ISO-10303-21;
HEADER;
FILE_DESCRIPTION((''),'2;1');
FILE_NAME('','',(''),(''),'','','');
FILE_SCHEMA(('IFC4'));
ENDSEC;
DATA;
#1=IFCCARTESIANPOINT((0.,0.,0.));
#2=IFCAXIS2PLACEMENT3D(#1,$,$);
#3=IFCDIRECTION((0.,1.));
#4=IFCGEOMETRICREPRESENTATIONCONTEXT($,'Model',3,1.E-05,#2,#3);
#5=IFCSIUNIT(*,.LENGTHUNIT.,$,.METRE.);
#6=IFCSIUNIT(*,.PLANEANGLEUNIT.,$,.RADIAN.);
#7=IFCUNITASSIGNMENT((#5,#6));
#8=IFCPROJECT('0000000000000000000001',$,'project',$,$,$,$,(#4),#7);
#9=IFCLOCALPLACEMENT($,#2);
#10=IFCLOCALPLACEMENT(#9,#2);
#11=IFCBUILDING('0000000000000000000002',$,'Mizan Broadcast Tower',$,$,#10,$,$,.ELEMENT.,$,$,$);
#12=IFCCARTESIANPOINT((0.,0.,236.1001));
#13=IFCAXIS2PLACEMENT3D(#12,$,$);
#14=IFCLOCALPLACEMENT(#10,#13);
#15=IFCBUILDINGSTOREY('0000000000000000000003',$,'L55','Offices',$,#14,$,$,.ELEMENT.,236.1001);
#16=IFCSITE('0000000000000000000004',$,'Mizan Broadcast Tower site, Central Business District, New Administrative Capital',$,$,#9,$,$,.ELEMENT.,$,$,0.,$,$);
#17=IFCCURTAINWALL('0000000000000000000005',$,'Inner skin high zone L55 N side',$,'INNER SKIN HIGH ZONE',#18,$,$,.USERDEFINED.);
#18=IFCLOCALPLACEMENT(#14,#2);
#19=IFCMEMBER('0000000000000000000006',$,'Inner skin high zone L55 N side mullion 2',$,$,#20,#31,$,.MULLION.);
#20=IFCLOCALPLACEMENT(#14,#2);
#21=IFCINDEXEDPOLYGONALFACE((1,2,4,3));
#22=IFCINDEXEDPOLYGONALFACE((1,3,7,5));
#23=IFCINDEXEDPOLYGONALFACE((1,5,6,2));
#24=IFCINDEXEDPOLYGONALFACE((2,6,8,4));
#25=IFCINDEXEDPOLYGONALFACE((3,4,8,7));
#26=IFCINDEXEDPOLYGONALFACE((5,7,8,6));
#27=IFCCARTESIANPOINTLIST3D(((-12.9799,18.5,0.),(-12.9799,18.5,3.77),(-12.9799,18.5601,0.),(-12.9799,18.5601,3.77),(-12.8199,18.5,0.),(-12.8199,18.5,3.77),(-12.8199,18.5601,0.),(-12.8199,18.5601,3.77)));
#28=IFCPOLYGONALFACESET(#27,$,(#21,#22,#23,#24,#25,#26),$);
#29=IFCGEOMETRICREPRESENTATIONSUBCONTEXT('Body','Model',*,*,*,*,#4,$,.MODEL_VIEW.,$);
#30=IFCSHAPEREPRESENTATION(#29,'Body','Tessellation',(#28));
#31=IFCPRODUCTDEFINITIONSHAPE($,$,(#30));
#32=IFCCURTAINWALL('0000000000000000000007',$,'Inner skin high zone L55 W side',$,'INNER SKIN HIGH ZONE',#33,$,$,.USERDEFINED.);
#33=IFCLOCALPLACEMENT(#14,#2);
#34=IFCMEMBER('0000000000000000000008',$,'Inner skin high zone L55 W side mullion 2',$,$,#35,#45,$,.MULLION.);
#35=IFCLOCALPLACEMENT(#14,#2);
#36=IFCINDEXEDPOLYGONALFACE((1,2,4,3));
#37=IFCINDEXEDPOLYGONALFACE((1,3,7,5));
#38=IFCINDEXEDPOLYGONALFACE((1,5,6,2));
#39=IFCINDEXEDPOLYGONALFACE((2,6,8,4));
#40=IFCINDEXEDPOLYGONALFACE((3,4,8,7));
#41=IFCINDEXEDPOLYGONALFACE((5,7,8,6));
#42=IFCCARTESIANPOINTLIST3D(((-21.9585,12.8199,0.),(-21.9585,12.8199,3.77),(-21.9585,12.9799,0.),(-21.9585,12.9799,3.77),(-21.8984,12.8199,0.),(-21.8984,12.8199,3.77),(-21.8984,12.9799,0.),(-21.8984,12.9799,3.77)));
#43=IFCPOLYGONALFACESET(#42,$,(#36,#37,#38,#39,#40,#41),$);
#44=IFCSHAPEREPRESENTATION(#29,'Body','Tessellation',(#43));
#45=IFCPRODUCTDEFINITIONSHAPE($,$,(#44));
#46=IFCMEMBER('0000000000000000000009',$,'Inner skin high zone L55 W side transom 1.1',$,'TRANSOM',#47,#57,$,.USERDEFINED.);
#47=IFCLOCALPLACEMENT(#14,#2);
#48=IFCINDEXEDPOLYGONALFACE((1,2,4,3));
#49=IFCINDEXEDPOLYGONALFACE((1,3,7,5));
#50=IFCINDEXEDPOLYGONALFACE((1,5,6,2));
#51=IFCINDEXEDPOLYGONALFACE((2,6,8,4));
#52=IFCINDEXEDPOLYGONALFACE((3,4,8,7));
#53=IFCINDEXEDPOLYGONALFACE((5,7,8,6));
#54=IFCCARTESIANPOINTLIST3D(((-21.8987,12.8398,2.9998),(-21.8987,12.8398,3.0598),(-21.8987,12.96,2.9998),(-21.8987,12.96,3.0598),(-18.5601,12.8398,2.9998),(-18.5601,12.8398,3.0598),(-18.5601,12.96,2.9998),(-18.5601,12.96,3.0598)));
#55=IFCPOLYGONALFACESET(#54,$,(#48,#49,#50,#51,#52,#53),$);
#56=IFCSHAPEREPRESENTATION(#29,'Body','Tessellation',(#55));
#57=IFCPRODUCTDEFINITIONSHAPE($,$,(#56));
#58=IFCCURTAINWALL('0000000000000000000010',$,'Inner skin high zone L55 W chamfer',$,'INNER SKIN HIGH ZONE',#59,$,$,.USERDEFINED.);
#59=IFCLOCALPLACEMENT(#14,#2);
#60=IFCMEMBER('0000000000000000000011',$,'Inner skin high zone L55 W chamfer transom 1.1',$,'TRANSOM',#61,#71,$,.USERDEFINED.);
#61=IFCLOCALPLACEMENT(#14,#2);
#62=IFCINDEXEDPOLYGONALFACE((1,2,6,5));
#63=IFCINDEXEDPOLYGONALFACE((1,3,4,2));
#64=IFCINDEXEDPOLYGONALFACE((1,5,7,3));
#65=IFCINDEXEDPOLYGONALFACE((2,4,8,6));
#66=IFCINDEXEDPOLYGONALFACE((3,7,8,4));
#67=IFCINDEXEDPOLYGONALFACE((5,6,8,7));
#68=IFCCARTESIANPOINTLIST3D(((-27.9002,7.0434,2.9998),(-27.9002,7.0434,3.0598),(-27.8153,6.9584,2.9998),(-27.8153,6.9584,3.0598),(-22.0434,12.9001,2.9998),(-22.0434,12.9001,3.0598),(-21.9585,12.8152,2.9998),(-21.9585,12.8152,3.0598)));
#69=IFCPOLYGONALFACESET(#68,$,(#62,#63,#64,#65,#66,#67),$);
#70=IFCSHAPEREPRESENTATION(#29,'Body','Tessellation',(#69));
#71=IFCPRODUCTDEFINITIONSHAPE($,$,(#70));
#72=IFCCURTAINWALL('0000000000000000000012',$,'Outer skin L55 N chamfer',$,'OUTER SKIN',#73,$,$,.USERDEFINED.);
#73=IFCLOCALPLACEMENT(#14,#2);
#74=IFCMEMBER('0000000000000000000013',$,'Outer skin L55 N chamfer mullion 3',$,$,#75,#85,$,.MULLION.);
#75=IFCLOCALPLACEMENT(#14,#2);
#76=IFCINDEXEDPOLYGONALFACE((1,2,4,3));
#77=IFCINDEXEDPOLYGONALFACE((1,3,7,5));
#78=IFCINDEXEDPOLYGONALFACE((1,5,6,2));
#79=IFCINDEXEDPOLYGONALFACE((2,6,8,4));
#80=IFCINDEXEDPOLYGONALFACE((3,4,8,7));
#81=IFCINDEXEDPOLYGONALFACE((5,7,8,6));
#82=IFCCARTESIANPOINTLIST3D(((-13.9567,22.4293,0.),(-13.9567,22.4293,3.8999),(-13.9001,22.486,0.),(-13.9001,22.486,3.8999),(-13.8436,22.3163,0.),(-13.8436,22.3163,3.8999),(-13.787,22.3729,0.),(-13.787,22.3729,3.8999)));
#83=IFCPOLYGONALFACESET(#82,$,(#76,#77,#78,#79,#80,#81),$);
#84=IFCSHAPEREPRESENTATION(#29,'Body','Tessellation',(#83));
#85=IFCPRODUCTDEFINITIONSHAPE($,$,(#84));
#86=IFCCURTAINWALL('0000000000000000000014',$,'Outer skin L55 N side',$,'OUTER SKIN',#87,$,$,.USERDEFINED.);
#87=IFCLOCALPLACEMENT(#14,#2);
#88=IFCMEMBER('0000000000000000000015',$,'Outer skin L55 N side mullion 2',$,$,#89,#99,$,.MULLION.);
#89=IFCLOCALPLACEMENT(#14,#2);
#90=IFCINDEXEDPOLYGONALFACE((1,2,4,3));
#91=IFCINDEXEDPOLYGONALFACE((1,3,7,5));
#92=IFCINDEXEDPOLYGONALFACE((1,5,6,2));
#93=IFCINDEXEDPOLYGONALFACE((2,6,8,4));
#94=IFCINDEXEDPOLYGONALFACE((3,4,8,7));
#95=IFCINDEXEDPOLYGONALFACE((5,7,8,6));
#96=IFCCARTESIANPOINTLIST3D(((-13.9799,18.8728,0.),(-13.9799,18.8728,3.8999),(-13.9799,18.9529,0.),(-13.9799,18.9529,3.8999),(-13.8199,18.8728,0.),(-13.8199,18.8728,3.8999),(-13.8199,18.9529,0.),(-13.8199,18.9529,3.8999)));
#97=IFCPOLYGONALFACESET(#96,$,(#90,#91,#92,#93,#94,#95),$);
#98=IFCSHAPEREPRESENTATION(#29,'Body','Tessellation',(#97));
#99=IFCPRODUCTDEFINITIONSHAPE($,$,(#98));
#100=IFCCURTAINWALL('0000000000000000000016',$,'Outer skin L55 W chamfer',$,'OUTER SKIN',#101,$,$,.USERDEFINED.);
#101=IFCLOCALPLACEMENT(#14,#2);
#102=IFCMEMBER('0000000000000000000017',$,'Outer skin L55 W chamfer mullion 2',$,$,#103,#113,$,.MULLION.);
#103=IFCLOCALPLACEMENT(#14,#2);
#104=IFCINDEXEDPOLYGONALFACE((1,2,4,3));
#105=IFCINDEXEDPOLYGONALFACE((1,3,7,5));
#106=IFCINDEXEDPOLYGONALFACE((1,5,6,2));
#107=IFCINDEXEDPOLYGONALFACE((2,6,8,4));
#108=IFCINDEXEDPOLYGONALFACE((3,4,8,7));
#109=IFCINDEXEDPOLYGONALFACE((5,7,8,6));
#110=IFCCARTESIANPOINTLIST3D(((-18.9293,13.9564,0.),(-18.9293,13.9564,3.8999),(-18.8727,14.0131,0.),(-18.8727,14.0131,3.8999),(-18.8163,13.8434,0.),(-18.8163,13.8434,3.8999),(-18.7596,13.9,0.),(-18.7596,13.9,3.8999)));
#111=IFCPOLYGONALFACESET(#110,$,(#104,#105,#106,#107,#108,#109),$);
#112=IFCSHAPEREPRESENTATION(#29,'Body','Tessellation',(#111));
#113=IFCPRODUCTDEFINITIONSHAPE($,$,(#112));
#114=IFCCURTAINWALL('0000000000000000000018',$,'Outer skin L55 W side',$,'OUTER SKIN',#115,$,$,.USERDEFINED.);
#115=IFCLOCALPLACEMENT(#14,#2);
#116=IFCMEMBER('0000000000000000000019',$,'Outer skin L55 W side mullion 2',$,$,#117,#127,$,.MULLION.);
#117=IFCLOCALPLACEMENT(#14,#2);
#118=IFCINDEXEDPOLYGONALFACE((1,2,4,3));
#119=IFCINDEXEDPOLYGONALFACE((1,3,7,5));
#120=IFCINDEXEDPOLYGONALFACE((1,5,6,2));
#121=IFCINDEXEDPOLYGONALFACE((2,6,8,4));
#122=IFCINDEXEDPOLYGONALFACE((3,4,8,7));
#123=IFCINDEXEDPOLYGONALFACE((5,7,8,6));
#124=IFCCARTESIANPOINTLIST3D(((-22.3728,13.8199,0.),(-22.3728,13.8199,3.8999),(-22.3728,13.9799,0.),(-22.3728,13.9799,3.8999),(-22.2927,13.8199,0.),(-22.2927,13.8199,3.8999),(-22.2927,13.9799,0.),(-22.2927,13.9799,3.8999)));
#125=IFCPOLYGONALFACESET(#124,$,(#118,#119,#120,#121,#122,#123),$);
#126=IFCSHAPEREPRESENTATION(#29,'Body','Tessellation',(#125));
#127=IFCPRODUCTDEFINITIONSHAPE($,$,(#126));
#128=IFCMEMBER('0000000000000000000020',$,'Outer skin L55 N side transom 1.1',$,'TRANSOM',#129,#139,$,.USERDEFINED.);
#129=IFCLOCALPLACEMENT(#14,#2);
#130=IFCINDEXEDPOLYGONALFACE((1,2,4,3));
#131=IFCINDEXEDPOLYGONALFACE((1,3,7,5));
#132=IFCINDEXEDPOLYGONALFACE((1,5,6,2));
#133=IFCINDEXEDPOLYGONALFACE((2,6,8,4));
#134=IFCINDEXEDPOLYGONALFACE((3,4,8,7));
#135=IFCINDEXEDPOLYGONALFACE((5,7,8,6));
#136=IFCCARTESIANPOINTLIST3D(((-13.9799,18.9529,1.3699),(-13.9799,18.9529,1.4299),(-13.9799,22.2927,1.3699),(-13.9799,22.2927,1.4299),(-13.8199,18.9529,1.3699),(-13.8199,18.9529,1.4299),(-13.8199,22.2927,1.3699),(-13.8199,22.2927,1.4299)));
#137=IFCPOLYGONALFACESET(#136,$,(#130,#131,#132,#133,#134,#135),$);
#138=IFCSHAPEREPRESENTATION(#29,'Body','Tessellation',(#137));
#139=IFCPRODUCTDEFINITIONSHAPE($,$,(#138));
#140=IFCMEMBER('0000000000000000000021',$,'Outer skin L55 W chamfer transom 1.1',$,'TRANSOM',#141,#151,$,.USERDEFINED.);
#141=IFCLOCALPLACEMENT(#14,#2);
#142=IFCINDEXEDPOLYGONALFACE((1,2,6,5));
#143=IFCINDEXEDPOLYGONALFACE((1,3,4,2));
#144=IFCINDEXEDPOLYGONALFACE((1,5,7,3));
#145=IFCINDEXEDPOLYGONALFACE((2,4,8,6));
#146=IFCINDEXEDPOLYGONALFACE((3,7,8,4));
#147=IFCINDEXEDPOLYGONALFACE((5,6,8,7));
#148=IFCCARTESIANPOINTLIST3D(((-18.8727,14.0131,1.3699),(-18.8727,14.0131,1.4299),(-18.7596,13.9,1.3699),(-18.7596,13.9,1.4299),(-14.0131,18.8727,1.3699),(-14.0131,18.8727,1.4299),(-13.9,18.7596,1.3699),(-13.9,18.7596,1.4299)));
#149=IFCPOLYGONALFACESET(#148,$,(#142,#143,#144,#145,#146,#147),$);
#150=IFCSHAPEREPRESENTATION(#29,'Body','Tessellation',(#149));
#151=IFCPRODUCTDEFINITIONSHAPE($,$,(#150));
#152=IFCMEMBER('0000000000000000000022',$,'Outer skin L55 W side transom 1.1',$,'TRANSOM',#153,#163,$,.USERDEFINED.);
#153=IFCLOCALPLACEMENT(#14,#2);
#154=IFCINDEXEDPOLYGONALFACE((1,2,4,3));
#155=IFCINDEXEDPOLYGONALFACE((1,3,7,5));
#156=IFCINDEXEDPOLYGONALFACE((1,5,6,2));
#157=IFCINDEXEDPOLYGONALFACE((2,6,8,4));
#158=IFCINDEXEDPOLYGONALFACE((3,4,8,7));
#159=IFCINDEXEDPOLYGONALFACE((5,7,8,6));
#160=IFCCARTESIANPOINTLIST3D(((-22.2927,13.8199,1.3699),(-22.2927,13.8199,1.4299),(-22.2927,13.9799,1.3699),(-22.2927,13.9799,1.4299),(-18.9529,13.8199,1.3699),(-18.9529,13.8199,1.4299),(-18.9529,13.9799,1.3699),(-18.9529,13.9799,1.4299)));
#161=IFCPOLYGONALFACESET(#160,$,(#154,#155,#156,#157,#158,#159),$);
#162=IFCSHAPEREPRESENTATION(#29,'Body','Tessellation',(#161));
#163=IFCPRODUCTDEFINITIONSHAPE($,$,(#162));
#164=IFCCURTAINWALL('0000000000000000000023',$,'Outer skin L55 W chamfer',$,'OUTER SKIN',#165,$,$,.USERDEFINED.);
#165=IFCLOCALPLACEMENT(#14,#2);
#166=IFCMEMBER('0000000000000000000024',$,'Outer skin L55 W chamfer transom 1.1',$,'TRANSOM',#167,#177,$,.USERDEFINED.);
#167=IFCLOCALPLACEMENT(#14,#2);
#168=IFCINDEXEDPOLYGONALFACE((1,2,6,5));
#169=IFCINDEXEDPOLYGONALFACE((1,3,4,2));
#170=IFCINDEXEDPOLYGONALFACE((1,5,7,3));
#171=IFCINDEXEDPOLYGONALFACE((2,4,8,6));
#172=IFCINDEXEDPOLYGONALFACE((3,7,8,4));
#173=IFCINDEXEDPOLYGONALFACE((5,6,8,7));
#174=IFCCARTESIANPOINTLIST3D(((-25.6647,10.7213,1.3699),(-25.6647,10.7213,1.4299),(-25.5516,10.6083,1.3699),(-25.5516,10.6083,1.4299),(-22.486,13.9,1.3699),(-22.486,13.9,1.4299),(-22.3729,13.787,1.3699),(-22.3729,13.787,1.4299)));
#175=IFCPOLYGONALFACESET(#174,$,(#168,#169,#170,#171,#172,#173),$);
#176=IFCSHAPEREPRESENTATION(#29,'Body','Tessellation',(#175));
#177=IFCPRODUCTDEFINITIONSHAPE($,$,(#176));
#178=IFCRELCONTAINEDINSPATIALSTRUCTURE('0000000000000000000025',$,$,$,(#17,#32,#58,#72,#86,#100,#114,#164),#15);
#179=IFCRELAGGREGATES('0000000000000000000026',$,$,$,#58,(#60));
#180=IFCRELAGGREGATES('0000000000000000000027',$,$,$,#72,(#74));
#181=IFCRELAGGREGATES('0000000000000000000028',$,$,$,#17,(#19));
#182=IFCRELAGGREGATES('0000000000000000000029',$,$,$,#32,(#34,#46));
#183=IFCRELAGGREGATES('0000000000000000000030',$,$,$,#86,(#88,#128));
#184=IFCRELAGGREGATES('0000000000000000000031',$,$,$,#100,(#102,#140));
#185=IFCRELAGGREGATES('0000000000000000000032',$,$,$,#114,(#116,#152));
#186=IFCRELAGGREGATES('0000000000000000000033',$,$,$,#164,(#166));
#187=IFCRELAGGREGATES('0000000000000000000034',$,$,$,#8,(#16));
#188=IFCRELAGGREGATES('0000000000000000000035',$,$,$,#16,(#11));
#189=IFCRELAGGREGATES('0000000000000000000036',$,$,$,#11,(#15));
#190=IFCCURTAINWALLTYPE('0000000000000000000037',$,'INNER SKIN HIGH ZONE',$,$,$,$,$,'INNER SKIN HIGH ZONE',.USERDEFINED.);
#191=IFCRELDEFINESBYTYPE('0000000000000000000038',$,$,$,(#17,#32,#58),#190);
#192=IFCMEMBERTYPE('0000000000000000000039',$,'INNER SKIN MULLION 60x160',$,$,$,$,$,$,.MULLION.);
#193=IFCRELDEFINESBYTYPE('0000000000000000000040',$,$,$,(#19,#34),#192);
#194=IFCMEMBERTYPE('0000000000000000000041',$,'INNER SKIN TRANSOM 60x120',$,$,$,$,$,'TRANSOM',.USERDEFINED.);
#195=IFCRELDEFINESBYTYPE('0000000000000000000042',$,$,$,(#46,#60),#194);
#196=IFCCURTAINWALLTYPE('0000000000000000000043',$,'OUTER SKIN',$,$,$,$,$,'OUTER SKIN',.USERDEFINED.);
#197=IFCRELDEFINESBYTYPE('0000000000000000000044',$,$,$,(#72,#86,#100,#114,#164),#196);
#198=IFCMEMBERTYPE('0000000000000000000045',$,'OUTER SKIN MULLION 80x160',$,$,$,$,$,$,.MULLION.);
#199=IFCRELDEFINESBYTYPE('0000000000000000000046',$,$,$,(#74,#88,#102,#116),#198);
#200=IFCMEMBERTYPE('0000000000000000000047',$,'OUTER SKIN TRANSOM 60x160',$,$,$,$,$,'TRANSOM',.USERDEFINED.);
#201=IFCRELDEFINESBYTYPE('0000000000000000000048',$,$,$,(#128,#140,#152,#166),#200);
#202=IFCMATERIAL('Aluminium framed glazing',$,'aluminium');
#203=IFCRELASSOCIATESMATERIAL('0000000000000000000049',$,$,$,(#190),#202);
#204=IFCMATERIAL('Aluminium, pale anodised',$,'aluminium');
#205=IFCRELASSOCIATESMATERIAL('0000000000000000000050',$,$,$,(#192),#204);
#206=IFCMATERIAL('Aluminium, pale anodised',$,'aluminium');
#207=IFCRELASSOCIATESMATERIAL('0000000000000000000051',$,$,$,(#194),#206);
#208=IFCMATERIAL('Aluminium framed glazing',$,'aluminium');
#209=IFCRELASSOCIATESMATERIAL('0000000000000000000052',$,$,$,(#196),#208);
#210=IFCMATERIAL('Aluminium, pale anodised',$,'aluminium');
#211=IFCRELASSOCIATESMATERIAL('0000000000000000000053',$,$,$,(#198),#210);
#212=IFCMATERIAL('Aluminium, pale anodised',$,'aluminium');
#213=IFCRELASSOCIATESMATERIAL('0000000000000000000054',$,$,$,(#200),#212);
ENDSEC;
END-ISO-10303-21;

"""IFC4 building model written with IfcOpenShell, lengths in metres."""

from ifc_helpers import new_model, si_unit, direction, frame, origin, origin_2d, place, context, subcontext, project, spatial, rectangle, extrude, material, material_profile, profile_set, type_object, element, aggregate, save


model = new_model("IFC4")

# Units and contexts
model_context = context("Model", 3, precision=1e-05, world=origin(), true_north=direction((0.0, 1.0)))
body_context = subcontext(model_context, "Body", "Model", "MODEL_VIEW")
ifc_project = project(units=[si_unit("LENGTHUNIT", "METRE"), si_unit("PLANEANGLEUNIT", "RADIAN")], contexts=[model_context])

# Site, building, storey
site_placement = place(None, origin())
site = spatial("IfcSite", under=ifc_project, at=site_placement, Name="Mizan Broadcast Tower site, Central Business District, New Administrative Capital", CompositionType="ELEMENT", RefElevation=0.0)
building_placement = place(site_placement, origin())
building = spatial("IfcBuilding", under=site, at=building_placement, Name="Mizan Broadcast Tower", CompositionType="ELEMENT")
storey_placement = place(building_placement, frame((0.0, 0.0, 236.1001)))
storey = spatial("IfcBuildingStorey", under=building, at=storey_placement, Name="L55", Description="Offices", CompositionType="ELEMENT", Elevation=236.1001)

# Curtain wall, member
ifc_material_1 = material(Name="Aluminium framed glazing", Category="aluminium")
curtain_wall_type_1 = type_object("IfcCurtainWallType", Name="INNER SKIN HIGH ZONE", ElementType="INNER SKIN HIGH ZONE", PredefinedType="USERDEFINED", material=ifc_material_1)
curtain_wall_1_placement = place(storey_placement, origin())
curtain_wall_1 = element("IfcCurtainWall", 1, at=curtain_wall_1_placement, inside=storey, type_object=curtain_wall_type_1, Name="Inner skin high zone L55 N side", ObjectType="INNER SKIN HIGH ZONE", PredefinedType="USERDEFINED")
ifc_material_2 = material(Name="Aluminium, pale anodised", Category="aluminium")
ifc_material_profile_1 = material_profile(ifc_material_2, rectangle(XDim=0.1599, YDim=0.0601, at=origin_2d()), Name="MULLION 160x60")
ifc_profile_set_1 = profile_set([ifc_material_profile_1], Name="Aluminium, pale anodised")
member_type_1 = type_object("IfcMemberType", Name="INNER SKIN MULLION 60x160", PredefinedType="MULLION", material=ifc_profile_set_1)
member_1_placement = place(storey_placement, frame((-12.8999, 18.53, 0.0), z_axis=(0.0, 0.0, 1.0), x_axis=(1.0, 0.0, 0.0)))
member_1 = element("IfcMember", 2, at=member_1_placement, type_object=member_type_1, Name="Inner skin high zone L55 N side mullion 2", PredefinedType="MULLION", context=body_context, shape_type="SweptSolid", body=[
    extrude(rectangle(XDim=0.1599, YDim=0.0601, at=origin_2d()), origin(), (0.0, 0.0, 1.0), 3.77),
])

# Curtain wall, members
curtain_wall_2_placement = place(storey_placement, origin())
curtain_wall_2 = element("IfcCurtainWall", 3, at=curtain_wall_2_placement, inside=storey, type_object=curtain_wall_type_1, Name="Inner skin high zone L55 W side", ObjectType="INNER SKIN HIGH ZONE", PredefinedType="USERDEFINED")
member_2_placement = place(storey_placement, frame((-21.9285, 12.8999, 0.0), z_axis=(0.0, 0.0, 1.0), x_axis=(0.0, -1.0, 0.0)))
member_2 = element("IfcMember", 4, at=member_2_placement, type_object=member_type_1, Name="Inner skin high zone L55 W side mullion 2", PredefinedType="MULLION", context=body_context, shape_type="SweptSolid", body=[
    extrude(rectangle(XDim=0.1599, YDim=0.0601, at=origin_2d()), origin(), (0.0, 0.0, 1.0), 3.77),
])
ifc_material_3 = material(Name="Aluminium, pale anodised", Category="aluminium")
ifc_material_profile_2 = material_profile(ifc_material_3, rectangle(XDim=0.1201, YDim=0.0601, at=origin_2d()), Name="TRANSOM 120x60")
ifc_profile_set_2 = profile_set([ifc_material_profile_2], Name="Aluminium, pale anodised")
member_type_2 = type_object("IfcMemberType", Name="INNER SKIN TRANSOM 60x120", ElementType="TRANSOM", PredefinedType="USERDEFINED", material=ifc_profile_set_2)
member_3_placement = place(storey_placement, frame((-18.5601, 12.8999, 3.0298), z_axis=(-1.0, 0.0, 0.0), x_axis=(0.0, -1.0, 0.0)))
member_3 = element("IfcMember", 5, at=member_3_placement, type_object=member_type_2, Name="Inner skin high zone L55 W side transom 1.1", ObjectType="TRANSOM", PredefinedType="USERDEFINED", context=body_context, shape_type="SweptSolid", body=[
    extrude(rectangle(XDim=0.1201, YDim=0.0601, at=origin_2d()), origin(), (0.0, 0.0, 1.0), 3.3386),
])

# Curtain walls, members
curtain_wall_3_placement = place(storey_placement, origin())
curtain_wall_3 = element("IfcCurtainWall", 6, at=curtain_wall_3_placement, inside=storey, type_object=curtain_wall_type_1, Name="Inner skin high zone L55 W chamfer", ObjectType="INNER SKIN HIGH ZONE", PredefinedType="USERDEFINED")
member_4_placement = place(storey_placement, frame((-22.001, 12.8577, 3.0298), z_axis=(-0.707107, -0.707107, 0.0), x_axis=(0.707107, -0.707107, 0.0)))
member_4 = element("IfcMember", 7, at=member_4_placement, type_object=member_type_2, Name="Inner skin high zone L55 W chamfer transom 1.1", ObjectType="TRANSOM", PredefinedType="USERDEFINED", context=body_context, shape_type="SweptSolid", body=[
    extrude(rectangle(XDim=0.1201, YDim=0.0601, at=origin_2d()), origin(), (0.0, 0.0, 1.0), 8.2827),
])
aggregate(curtain_wall_3, [member_4])
ifc_material_4 = material(Name="Aluminium framed glazing", Category="aluminium")
curtain_wall_type_2 = type_object("IfcCurtainWallType", Name="OUTER SKIN", ElementType="OUTER SKIN", PredefinedType="USERDEFINED", material=ifc_material_4)
curtain_wall_4_placement = place(storey_placement, origin())
curtain_wall_4 = element("IfcCurtainWall", 8, at=curtain_wall_4_placement, inside=storey, type_object=curtain_wall_type_2, Name="Outer skin L55 N chamfer", ObjectType="OUTER SKIN", PredefinedType="USERDEFINED")
ifc_material_5 = material(Name="Aluminium, pale anodised", Category="aluminium")
ifc_material_profile_3 = material_profile(ifc_material_5, rectangle(XDim=0.1599, YDim=0.0801, at=origin_2d()), Name="MULLION 160x80")
ifc_profile_set_3 = profile_set([ifc_material_profile_3], Name="Aluminium, pale anodised")
member_type_3 = type_object("IfcMemberType", Name="OUTER SKIN MULLION 80x160", PredefinedType="MULLION", material=ifc_profile_set_3)
member_5_placement = place(storey_placement, frame((-13.8718, 22.4011, 0.0), z_axis=(0.0, 0.0, 1.0), x_axis=(0.707107, -0.707107, 0.0)))
member_5 = element("IfcMember", 9, at=member_5_placement, type_object=member_type_3, Name="Outer skin L55 N chamfer mullion 3", PredefinedType="MULLION", context=body_context, shape_type="SweptSolid", body=[
    extrude(rectangle(XDim=0.1599, YDim=0.0801, at=origin_2d()), origin(), (0.0, 0.0, 1.0), 3.8999),
])
aggregate(curtain_wall_4, [member_5])
curtain_wall_5_placement = place(storey_placement, origin())
curtain_wall_5 = element("IfcCurtainWall", 10, at=curtain_wall_5_placement, inside=storey, type_object=curtain_wall_type_2, Name="Outer skin L55 N side", ObjectType="OUTER SKIN", PredefinedType="USERDEFINED")
member_6_placement = place(storey_placement, frame((-13.8999, 18.9128, 0.0), z_axis=(0.0, 0.0, 1.0), x_axis=(1.0, 0.0, 0.0)))
member_6 = element("IfcMember", 11, at=member_6_placement, type_object=member_type_3, Name="Outer skin L55 N side mullion 2", PredefinedType="MULLION", context=body_context, shape_type="SweptSolid", body=[
    extrude(rectangle(XDim=0.1599, YDim=0.0801, at=origin_2d()), origin(), (0.0, 0.0, 1.0), 3.8999),
])
curtain_wall_6_placement = place(storey_placement, origin())
curtain_wall_6 = element("IfcCurtainWall", 12, at=curtain_wall_6_placement, inside=storey, type_object=curtain_wall_type_2, Name="Outer skin L55 W chamfer", ObjectType="OUTER SKIN", PredefinedType="USERDEFINED")
member_7_placement = place(storey_placement, frame((-18.8445, 13.9282, 0.0), z_axis=(0.0, 0.0, 1.0), x_axis=(0.707107, -0.707107, 0.0)))
member_7 = element("IfcMember", 13, at=member_7_placement, type_object=member_type_3, Name="Outer skin L55 W chamfer mullion 2", PredefinedType="MULLION", context=body_context, shape_type="SweptSolid", body=[
    extrude(rectangle(XDim=0.1599, YDim=0.0801, at=origin_2d()), origin(), (0.0, 0.0, 1.0), 3.8999),
])
curtain_wall_7_placement = place(storey_placement, origin())
curtain_wall_7 = element("IfcCurtainWall", 14, at=curtain_wall_7_placement, inside=storey, type_object=curtain_wall_type_2, Name="Outer skin L55 W side", ObjectType="OUTER SKIN", PredefinedType="USERDEFINED")
member_8_placement = place(storey_placement, frame((-22.3328, 13.8999, 0.0), z_axis=(0.0, 0.0, 1.0), x_axis=(0.0, -1.0, 0.0)))
member_8 = element("IfcMember", 15, at=member_8_placement, type_object=member_type_3, Name="Outer skin L55 W side mullion 2", PredefinedType="MULLION", context=body_context, shape_type="SweptSolid", body=[
    extrude(rectangle(XDim=0.1599, YDim=0.0801, at=origin_2d()), origin(), (0.0, 0.0, 1.0), 3.8999),
])

# Members
ifc_material_6 = material(Name="Aluminium, pale anodised", Category="aluminium")
ifc_material_profile_4 = material_profile(ifc_material_6, rectangle(XDim=0.1599, YDim=0.0601, at=origin_2d()), Name="TRANSOM 160x60")
ifc_profile_set_4 = profile_set([ifc_material_profile_4], Name="Aluminium, pale anodised")
member_type_4 = type_object("IfcMemberType", Name="OUTER SKIN TRANSOM 60x160", ElementType="TRANSOM", PredefinedType="USERDEFINED", material=ifc_profile_set_4)
member_9_placement = place(storey_placement, frame((-13.8999, 22.2927, 1.3999), z_axis=(0.0, -1.0, 0.0), x_axis=(1.0, 0.0, 0.0)))
member_9 = element("IfcMember", 16, at=member_9_placement, type_object=member_type_4, Name="Outer skin L55 N side transom 1.1", ObjectType="TRANSOM", PredefinedType="USERDEFINED", context=body_context, shape_type="SweptSolid", body=[
    extrude(rectangle(XDim=0.1599, YDim=0.0601, at=origin_2d()), origin(), (0.0, 0.0, 1.0), 3.3398),
])
member_10_placement = place(storey_placement, frame((-13.9565, 18.8162, 1.3999), z_axis=(-0.707107, -0.707107, 0.0), x_axis=(0.707107, -0.707107, 0.0)))
member_10 = element("IfcMember", 17, at=member_10_placement, type_object=member_type_4, Name="Outer skin L55 W chamfer transom 1.1", ObjectType="TRANSOM", PredefinedType="USERDEFINED", context=body_context, shape_type="SweptSolid", body=[
    extrude(rectangle(XDim=0.1599, YDim=0.0601, at=origin_2d()), origin(), (0.0, 0.0, 1.0), 6.8726),
])
member_11_placement = place(storey_placement, frame((-18.9529, 13.8999, 1.3999), z_axis=(-1.0, 0.0, 0.0), x_axis=(0.0, -1.0, 0.0)))
member_11 = element("IfcMember", 18, at=member_11_placement, type_object=member_type_4, Name="Outer skin L55 W side transom 1.1", ObjectType="TRANSOM", PredefinedType="USERDEFINED", context=body_context, shape_type="SweptSolid", body=[
    extrude(rectangle(XDim=0.1599, YDim=0.0601, at=origin_2d()), origin(), (0.0, 0.0, 1.0), 3.3398),
])

# Curtain wall, member
curtain_wall_8_placement = place(storey_placement, origin())
curtain_wall_8 = element("IfcCurtainWall", 19, at=curtain_wall_8_placement, inside=storey, type_object=curtain_wall_type_2, Name="Outer skin L55 W chamfer", ObjectType="OUTER SKIN", PredefinedType="USERDEFINED")
member_12_placement = place(storey_placement, frame((-22.4294, 13.8435, 1.3999), z_axis=(-0.707107, -0.707107, 0.0), x_axis=(0.707107, -0.707107, 0.0)))
member_12 = element("IfcMember", 20, at=member_12_placement, type_object=member_type_4, Name="Outer skin L55 W chamfer transom 1.1", ObjectType="TRANSOM", PredefinedType="USERDEFINED", context=body_context, shape_type="SweptSolid", body=[
    extrude(rectangle(XDim=0.1599, YDim=0.0601, at=origin_2d()), origin(), (0.0, 0.0, 1.0), 4.4954),
])

aggregate(curtain_wall_1, [member_1])
aggregate(curtain_wall_2, [member_2, member_3])
aggregate(curtain_wall_5, [member_6, member_9])
aggregate(curtain_wall_6, [member_7, member_10])
aggregate(curtain_wall_7, [member_8, member_11])
aggregate(curtain_wall_8, [member_12])

save(model, "model.ifc")
